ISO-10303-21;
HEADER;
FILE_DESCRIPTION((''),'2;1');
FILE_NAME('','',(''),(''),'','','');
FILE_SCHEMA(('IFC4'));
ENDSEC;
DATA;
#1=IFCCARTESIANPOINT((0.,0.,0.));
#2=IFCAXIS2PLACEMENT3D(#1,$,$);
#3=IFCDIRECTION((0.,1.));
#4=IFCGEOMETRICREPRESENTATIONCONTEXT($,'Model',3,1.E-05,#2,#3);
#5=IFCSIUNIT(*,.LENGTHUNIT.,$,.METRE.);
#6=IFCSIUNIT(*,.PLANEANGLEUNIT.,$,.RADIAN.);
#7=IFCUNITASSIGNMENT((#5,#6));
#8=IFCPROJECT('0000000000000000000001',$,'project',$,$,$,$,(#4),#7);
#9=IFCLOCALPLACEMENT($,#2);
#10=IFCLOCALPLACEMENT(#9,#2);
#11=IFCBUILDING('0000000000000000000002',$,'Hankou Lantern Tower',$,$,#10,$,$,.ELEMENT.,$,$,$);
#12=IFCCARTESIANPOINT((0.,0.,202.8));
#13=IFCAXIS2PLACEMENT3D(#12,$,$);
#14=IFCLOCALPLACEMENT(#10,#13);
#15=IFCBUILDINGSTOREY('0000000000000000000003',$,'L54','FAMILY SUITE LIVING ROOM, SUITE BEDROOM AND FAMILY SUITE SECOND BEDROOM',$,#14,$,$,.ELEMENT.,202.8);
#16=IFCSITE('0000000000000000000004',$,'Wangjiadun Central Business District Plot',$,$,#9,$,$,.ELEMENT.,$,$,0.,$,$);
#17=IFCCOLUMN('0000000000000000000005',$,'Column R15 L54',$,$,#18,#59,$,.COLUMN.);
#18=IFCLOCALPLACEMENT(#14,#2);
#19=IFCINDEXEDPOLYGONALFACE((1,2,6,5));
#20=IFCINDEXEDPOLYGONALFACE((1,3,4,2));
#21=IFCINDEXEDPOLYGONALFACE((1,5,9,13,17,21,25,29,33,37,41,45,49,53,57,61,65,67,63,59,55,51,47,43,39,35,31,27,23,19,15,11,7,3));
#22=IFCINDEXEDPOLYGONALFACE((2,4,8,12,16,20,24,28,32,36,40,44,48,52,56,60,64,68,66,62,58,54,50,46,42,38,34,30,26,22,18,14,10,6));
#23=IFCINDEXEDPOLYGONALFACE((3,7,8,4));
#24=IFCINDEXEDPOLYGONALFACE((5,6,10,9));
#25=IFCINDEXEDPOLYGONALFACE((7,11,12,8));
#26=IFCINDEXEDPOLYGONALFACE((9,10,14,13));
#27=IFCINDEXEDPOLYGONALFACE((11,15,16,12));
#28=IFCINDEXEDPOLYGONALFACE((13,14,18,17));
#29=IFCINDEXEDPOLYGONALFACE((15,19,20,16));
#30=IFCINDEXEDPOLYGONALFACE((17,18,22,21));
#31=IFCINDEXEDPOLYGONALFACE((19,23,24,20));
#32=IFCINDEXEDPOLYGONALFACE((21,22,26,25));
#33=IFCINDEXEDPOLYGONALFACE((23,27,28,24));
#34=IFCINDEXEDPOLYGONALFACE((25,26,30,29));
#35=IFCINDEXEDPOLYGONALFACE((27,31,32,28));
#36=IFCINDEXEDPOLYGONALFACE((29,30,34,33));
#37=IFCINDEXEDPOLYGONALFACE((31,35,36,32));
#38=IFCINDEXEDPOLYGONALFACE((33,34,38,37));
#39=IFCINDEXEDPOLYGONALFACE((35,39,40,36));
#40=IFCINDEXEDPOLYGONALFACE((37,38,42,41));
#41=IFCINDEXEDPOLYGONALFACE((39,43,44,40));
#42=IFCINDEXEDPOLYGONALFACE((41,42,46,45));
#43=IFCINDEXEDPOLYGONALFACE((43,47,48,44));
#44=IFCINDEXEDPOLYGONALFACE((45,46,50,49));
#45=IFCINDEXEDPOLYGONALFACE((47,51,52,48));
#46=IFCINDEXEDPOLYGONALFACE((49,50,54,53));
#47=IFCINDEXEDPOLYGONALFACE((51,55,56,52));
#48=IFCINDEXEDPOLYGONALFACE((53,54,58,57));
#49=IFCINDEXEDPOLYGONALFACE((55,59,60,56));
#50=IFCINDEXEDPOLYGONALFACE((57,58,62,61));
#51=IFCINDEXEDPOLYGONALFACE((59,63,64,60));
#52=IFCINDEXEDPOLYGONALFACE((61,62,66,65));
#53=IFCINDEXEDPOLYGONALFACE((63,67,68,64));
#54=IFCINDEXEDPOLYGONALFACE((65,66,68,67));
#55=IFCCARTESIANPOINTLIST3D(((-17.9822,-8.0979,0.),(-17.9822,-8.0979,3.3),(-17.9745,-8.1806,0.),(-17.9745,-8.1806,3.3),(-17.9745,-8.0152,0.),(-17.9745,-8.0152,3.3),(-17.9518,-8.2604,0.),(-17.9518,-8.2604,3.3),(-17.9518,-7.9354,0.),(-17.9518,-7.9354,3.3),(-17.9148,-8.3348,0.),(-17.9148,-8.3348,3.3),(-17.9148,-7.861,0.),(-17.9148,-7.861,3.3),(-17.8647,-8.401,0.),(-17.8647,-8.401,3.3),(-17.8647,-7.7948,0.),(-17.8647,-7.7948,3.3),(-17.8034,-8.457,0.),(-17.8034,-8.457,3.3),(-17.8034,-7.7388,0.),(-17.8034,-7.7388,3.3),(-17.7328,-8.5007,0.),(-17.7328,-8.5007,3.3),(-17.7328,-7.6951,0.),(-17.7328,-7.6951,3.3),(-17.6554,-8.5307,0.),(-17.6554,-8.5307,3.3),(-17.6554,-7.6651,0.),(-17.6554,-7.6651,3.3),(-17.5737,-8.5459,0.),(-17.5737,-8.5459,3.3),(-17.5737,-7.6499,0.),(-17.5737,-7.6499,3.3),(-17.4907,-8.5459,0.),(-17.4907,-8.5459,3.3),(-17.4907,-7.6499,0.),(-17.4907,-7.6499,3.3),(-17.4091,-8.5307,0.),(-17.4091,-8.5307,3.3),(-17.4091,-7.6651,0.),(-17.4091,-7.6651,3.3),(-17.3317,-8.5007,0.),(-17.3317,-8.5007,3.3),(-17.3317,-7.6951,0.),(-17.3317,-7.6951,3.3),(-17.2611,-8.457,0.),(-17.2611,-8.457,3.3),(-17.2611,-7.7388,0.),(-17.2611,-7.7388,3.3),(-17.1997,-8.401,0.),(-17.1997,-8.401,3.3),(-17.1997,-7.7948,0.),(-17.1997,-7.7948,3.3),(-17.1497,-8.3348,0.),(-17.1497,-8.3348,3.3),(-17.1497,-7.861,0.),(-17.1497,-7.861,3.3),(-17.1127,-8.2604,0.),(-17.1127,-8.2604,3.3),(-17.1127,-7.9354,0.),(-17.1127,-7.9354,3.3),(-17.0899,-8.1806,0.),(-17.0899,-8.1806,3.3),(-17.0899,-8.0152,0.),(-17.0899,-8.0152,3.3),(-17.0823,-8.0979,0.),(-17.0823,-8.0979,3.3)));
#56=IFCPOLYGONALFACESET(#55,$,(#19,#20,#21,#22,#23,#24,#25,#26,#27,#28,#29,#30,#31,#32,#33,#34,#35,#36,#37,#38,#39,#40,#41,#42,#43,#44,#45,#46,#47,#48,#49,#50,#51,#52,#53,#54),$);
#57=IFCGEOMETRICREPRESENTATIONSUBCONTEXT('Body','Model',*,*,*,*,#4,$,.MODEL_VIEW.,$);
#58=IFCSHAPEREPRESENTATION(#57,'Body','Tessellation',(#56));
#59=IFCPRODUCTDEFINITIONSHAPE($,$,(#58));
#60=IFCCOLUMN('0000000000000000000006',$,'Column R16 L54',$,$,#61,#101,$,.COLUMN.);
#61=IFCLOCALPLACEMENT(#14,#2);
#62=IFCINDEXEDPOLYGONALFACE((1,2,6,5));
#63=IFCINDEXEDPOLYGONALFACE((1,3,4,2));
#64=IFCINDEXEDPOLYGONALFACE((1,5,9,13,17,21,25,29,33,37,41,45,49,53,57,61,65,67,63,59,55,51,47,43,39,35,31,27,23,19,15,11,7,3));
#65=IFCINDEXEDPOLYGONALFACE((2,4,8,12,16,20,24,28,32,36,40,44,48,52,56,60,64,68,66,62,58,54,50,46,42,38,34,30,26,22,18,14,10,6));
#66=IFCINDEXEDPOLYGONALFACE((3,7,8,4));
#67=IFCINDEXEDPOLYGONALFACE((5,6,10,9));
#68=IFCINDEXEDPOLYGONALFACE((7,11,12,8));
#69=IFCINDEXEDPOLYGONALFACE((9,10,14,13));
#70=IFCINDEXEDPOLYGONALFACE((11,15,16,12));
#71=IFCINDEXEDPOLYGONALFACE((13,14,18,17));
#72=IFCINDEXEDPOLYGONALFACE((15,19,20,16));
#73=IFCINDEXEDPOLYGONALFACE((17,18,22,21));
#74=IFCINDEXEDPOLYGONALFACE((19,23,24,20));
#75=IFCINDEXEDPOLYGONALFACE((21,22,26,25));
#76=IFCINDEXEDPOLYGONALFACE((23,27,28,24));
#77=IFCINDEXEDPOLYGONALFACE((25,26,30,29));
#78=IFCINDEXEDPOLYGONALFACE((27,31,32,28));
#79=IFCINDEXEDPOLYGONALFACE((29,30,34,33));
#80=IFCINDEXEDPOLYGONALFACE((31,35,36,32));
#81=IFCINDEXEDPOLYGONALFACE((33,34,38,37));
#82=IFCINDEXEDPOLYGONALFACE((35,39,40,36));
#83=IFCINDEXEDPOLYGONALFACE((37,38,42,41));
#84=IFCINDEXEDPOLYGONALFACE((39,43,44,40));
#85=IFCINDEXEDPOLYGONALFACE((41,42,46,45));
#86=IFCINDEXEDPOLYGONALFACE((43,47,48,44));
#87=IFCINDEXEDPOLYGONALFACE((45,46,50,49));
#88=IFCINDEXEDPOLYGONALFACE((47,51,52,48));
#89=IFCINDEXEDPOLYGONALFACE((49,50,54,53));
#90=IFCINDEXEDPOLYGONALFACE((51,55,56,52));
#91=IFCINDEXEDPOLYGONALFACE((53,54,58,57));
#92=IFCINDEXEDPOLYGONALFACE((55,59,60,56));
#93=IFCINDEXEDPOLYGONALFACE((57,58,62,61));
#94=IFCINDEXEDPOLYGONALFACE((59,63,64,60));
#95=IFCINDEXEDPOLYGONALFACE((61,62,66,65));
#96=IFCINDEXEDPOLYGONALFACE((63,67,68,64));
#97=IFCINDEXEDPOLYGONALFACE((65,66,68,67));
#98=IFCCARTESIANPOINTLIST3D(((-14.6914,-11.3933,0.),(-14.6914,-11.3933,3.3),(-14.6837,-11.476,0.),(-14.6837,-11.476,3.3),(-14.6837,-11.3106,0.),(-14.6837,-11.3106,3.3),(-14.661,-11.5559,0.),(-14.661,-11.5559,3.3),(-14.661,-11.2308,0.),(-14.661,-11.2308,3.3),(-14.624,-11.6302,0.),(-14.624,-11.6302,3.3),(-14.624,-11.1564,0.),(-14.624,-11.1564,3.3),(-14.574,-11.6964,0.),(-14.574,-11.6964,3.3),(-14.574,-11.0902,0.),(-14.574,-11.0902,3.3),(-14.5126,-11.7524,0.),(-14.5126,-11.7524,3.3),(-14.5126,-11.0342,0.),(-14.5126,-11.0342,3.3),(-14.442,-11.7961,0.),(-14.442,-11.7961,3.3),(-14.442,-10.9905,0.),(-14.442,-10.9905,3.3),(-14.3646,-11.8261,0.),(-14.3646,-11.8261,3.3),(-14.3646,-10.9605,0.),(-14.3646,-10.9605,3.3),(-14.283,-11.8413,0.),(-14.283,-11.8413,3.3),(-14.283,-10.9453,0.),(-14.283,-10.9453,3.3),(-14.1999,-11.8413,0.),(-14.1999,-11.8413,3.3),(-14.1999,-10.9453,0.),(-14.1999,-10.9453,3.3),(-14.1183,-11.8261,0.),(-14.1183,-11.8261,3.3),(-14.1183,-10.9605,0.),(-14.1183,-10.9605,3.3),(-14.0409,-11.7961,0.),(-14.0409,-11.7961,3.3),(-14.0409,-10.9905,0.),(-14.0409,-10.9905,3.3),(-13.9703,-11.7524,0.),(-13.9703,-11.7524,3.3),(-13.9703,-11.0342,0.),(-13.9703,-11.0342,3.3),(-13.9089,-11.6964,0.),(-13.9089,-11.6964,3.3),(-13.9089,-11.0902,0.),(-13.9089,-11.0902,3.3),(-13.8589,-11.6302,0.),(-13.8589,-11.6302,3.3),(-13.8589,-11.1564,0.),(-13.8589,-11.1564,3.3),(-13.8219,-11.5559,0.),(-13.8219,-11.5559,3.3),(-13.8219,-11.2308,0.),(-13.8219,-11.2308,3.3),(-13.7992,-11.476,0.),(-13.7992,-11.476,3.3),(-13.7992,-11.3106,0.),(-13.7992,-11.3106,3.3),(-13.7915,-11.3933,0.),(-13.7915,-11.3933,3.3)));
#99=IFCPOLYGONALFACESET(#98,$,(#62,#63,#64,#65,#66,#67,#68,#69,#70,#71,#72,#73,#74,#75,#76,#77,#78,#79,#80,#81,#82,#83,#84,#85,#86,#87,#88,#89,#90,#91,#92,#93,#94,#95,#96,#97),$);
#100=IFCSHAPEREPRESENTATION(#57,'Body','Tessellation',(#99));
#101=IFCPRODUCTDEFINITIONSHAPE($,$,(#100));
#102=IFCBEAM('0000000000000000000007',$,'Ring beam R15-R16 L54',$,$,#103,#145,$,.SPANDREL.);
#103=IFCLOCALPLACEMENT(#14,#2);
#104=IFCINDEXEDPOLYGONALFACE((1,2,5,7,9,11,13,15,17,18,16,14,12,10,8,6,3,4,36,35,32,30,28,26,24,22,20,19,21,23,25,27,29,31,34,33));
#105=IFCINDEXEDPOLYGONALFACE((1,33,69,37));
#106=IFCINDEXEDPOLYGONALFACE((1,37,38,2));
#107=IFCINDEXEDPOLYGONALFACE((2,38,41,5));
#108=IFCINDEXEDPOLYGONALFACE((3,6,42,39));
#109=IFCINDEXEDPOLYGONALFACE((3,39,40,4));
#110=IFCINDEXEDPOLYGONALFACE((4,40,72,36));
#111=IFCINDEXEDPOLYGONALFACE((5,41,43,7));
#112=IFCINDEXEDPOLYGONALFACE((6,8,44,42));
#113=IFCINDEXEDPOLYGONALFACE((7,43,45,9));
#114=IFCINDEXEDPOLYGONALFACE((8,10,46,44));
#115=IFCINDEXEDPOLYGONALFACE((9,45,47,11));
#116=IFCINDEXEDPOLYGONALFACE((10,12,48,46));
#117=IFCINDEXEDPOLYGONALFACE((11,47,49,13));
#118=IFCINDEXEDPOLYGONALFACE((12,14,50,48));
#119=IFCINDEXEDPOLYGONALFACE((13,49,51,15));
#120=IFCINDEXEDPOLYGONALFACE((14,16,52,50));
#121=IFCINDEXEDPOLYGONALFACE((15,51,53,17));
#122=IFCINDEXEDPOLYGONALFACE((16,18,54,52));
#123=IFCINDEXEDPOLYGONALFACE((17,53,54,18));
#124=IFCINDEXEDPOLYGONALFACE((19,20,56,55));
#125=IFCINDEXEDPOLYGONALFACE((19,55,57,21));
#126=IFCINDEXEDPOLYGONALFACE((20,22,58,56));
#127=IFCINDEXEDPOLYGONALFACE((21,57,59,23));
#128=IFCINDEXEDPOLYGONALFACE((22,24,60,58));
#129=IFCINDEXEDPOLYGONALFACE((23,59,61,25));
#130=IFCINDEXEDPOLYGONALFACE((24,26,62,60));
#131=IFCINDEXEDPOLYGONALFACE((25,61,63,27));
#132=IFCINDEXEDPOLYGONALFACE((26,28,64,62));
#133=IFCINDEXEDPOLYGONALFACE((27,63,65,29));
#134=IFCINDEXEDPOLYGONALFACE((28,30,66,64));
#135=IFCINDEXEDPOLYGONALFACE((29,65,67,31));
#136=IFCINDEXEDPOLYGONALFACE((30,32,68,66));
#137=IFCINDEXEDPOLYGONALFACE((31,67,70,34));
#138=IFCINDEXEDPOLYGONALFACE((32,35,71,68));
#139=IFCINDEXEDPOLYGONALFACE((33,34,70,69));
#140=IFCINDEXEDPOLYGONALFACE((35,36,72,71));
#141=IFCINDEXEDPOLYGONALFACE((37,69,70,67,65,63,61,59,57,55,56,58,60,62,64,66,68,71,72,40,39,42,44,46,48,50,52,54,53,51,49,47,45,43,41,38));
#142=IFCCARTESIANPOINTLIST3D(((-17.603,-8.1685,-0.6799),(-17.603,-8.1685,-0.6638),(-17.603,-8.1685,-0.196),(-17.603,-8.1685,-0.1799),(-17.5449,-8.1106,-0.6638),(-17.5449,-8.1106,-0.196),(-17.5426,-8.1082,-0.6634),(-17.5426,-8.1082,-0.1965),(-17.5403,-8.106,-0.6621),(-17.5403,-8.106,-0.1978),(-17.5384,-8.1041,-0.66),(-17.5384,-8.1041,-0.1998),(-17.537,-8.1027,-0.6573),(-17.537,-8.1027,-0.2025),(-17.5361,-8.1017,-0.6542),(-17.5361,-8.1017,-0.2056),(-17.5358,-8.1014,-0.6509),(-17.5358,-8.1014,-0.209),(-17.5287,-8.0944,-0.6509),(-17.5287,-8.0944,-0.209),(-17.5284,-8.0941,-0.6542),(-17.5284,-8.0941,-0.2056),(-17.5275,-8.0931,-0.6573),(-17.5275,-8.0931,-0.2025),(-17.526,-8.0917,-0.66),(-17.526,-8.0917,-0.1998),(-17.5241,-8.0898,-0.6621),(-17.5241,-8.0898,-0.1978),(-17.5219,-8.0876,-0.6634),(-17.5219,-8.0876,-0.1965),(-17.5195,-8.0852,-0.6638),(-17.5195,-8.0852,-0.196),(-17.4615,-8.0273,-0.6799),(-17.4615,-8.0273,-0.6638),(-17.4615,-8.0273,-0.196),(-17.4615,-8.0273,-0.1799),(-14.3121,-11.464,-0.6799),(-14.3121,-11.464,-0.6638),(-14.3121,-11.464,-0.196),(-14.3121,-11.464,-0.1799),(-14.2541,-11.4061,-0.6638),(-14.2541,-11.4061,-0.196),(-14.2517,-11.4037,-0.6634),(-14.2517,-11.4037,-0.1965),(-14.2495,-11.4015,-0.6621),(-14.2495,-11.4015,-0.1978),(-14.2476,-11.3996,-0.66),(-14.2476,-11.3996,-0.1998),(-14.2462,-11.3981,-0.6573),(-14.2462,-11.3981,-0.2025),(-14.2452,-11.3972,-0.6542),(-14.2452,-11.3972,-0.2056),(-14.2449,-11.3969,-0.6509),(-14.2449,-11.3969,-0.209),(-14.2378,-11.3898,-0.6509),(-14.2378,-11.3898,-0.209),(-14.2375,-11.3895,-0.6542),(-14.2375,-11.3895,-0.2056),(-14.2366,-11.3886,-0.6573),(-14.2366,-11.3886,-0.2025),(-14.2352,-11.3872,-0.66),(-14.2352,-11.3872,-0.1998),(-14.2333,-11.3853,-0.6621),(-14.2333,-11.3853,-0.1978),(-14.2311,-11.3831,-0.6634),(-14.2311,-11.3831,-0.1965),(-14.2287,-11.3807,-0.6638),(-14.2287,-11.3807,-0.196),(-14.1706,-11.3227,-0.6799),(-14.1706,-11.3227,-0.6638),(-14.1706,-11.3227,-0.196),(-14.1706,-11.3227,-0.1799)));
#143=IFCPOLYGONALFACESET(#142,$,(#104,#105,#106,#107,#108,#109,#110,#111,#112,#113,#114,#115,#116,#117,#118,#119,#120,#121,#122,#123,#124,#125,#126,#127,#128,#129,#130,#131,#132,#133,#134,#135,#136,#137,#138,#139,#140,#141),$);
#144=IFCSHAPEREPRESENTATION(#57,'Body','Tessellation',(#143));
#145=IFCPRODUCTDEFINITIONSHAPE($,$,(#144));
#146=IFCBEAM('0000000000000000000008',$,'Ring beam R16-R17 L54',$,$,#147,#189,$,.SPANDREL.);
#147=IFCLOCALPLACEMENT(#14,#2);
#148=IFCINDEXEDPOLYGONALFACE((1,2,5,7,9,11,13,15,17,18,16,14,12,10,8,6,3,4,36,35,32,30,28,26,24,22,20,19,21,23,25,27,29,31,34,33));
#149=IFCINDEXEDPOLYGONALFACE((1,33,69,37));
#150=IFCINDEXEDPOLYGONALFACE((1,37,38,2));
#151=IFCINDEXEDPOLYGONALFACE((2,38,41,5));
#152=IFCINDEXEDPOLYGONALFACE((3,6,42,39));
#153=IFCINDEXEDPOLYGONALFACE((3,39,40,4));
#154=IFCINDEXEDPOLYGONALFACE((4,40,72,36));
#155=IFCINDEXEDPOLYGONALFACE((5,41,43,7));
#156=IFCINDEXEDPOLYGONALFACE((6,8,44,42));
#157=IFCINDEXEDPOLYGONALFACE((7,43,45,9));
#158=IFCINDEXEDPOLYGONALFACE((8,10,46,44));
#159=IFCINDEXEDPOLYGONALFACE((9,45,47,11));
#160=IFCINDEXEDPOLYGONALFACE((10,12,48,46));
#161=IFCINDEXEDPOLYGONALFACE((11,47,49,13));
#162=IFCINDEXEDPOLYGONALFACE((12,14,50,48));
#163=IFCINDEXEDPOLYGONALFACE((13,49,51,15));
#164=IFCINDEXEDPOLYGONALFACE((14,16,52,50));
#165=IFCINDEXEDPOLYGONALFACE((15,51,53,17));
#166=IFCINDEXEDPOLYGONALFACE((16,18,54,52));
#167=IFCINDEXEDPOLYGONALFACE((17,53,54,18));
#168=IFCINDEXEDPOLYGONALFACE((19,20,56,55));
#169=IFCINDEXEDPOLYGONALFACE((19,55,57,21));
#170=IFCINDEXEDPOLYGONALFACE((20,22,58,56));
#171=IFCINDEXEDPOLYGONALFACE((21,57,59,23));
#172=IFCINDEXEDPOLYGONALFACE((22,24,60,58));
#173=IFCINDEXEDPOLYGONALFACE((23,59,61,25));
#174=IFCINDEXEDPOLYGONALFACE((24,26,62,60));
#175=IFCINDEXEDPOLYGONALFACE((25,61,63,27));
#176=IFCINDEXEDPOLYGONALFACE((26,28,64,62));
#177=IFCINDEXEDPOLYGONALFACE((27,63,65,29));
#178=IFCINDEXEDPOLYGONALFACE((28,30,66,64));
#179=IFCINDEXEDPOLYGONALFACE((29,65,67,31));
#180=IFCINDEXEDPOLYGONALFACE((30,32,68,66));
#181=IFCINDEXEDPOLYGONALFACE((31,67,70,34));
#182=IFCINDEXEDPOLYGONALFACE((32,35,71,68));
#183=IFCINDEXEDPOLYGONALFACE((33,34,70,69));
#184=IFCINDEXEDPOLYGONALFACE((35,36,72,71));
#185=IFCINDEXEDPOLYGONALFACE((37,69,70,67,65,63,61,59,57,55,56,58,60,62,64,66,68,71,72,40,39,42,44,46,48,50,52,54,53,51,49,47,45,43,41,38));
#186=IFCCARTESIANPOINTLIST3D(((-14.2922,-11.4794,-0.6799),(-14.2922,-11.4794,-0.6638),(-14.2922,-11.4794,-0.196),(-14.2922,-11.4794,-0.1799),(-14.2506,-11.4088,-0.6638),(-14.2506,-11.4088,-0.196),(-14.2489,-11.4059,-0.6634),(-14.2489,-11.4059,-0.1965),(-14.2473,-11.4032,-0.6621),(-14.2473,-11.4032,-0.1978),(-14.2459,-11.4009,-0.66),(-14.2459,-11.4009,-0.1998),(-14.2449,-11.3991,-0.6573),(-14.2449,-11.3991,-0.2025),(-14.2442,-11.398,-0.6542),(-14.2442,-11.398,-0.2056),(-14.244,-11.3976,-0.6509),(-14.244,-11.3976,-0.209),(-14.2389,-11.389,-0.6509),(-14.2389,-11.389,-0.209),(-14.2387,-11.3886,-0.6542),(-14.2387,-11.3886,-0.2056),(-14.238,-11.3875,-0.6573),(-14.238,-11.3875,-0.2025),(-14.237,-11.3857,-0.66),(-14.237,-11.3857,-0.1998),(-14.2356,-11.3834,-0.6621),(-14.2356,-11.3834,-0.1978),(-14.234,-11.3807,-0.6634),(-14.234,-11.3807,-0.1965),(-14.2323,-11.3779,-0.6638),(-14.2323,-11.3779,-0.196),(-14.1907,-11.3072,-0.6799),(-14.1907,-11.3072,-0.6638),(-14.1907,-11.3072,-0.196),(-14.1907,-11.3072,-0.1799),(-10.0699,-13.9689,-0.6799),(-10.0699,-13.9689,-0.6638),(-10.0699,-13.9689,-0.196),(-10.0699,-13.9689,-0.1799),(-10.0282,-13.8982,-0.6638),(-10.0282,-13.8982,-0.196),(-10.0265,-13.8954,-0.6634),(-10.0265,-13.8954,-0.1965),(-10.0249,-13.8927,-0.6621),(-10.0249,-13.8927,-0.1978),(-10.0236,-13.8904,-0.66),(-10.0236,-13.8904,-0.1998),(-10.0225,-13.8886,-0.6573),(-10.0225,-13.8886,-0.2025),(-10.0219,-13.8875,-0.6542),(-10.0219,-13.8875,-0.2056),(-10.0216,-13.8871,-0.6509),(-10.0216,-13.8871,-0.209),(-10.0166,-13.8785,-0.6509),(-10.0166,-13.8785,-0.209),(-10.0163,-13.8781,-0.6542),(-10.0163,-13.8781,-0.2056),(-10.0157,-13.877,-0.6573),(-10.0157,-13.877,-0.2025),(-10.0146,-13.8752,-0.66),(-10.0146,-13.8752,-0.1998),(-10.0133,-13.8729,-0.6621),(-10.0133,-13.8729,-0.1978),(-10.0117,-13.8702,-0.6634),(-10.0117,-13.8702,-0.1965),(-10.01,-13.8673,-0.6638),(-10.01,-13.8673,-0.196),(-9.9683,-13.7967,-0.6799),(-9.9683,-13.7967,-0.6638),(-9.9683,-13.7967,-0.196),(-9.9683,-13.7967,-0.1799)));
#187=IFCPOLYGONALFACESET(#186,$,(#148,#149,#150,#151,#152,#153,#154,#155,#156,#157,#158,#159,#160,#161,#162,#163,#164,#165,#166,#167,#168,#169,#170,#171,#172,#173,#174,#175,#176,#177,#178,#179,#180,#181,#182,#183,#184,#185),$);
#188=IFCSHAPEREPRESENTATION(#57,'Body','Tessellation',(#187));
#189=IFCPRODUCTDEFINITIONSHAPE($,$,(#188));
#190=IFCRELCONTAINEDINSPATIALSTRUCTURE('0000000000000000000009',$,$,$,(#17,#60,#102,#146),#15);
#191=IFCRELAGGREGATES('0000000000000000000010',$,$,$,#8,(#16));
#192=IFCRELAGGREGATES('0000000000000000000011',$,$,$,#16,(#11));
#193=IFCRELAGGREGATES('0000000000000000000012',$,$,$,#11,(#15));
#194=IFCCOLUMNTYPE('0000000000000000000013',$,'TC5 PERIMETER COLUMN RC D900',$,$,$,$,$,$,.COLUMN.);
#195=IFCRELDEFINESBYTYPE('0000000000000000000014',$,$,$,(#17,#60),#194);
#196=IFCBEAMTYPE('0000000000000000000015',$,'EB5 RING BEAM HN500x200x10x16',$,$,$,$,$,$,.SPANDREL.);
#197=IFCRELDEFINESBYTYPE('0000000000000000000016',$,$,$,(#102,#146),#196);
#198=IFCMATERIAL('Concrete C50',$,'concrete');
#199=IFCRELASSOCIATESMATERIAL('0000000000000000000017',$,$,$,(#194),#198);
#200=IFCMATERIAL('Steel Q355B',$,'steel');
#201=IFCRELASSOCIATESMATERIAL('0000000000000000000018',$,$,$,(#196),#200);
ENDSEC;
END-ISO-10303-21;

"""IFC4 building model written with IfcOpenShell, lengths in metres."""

from ifc_helpers import new_model, si_unit, direction, frame, origin, origin_2d, place, context, subcontext, project, spatial, circle, i_section, extrude, material, material_profile, profile_set, type_object, element, save


model = new_model("IFC4")

# Units and contexts
model_context = context("Model", 3, precision=1e-05, world=origin(), true_north=direction((0.0, 1.0)))
body_context = subcontext(model_context, "Body", "Model", "MODEL_VIEW")
ifc_project = project(units=[si_unit("LENGTHUNIT", "METRE"), si_unit("PLANEANGLEUNIT", "RADIAN")], contexts=[model_context])

# Site, building, storey
site_placement = place(None, origin())
site = spatial("IfcSite", under=ifc_project, at=site_placement, Name="Wangjiadun Central Business District Plot", CompositionType="ELEMENT", RefElevation=0.0)
building_placement = place(site_placement, origin())
building = spatial("IfcBuilding", under=site, at=building_placement, Name="Hankou Lantern Tower", CompositionType="ELEMENT")
storey_placement = place(building_placement, frame((0.0, 0.0, 202.8)))
storey = spatial("IfcBuildingStorey", under=building, at=storey_placement, Name="L54", Description="FAMILY SUITE LIVING ROOM, SUITE BEDROOM AND FAMILY SUITE SECOND BEDROOM", CompositionType="ELEMENT", Elevation=202.8)

# Columns
ifc_material_1 = material(Name="Concrete C50", Category="concrete")
ifc_material_profile_1 = material_profile(ifc_material_1, circle(Radius=0.45, at=origin_2d()), Name="RC D900")
ifc_profile_set_1 = profile_set([ifc_material_profile_1], Name="Concrete C50")
column_type = type_object("IfcColumnType", Name="TC5 PERIMETER COLUMN RC D900", PredefinedType="COLUMN", material=ifc_profile_set_1)
for number, where, z_axis, x_axis, name in (
    (1, (-17.5322, -8.0979, 0.0), (0.0, 0.0, 1.0), (1.0, 0.0, 0.0), "Column R15 L54"),
    (2, (-14.2415, -11.3933, 0.0), (0.0, 0.0, 1.0), (1.0, 0.0, 0.0), "Column R16 L54"),
):
    element("IfcColumn", number, at=place(storey_placement, frame(where, z_axis=z_axis, x_axis=x_axis)), inside=storey, type_object=column_type, Name=name, PredefinedType="COLUMN", context=body_context, shape_type="SweptSolid", body=[
        extrude(circle(Radius=0.45, at=origin_2d()), origin(), (0.0, 0.0, 1.0), 3.3),
    ])

# Beams
ifc_material_2 = material(Name="Steel Q355B", Category="steel")
ifc_material_profile_2 = material_profile(ifc_material_2, i_section(OverallWidth=0.2, OverallDepth=0.5, WebThickness=0.01, FlangeThickness=0.0161, FilletRadius=0.0129, at=origin_2d()), Name="HN500x200x10x16")
ifc_profile_set_2 = profile_set([ifc_material_profile_2], Name="Steel Q355B")
beam_type_1 = type_object("IfcBeamType", Name="EB5 RING BEAM HN500x200x10x16", PredefinedType="SPANDREL", material=ifc_profile_set_2)
beam_1_placement = place(storey_placement, frame((-17.5322, -8.0979, -0.4299), z_axis=(0.706609, -0.707605, 0.0), x_axis=(0.707605, 0.706609, 0.0)))
element("IfcBeam", 3, at=beam_1_placement, inside=storey, type_object=beam_type_1, Name="Ring beam R15-R16 L54", PredefinedType="SPANDREL", context=body_context, shape_type="SweptSolid", body=[
    extrude(i_section(OverallWidth=0.2, OverallDepth=0.5, WebThickness=0.01, FlangeThickness=0.0161, FilletRadius=0.0129, at=origin_2d()), origin(), (0.0, 0.0, 1.0), 4.6572),
])
beam_2_placement = place(storey_placement, frame((-14.2415, -11.3933, -0.4299), z_axis=(0.861423, -0.507888, 0.0), x_axis=(0.507888, 0.861423, 0.0)))
element("IfcBeam", 4, at=beam_2_placement, inside=storey, type_object=beam_type_1, Name="Ring beam R16-R17 L54", PredefinedType="SPANDREL", context=body_context, shape_type="SweptSolid", body=[
    extrude(i_section(OverallWidth=0.2, OverallDepth=0.5, WebThickness=0.01, FlangeThickness=0.0161, FilletRadius=0.0129, at=origin_2d()), origin(), (0.0, 0.0, 1.0), 4.9016),
])

save(model, "model.ifc")
